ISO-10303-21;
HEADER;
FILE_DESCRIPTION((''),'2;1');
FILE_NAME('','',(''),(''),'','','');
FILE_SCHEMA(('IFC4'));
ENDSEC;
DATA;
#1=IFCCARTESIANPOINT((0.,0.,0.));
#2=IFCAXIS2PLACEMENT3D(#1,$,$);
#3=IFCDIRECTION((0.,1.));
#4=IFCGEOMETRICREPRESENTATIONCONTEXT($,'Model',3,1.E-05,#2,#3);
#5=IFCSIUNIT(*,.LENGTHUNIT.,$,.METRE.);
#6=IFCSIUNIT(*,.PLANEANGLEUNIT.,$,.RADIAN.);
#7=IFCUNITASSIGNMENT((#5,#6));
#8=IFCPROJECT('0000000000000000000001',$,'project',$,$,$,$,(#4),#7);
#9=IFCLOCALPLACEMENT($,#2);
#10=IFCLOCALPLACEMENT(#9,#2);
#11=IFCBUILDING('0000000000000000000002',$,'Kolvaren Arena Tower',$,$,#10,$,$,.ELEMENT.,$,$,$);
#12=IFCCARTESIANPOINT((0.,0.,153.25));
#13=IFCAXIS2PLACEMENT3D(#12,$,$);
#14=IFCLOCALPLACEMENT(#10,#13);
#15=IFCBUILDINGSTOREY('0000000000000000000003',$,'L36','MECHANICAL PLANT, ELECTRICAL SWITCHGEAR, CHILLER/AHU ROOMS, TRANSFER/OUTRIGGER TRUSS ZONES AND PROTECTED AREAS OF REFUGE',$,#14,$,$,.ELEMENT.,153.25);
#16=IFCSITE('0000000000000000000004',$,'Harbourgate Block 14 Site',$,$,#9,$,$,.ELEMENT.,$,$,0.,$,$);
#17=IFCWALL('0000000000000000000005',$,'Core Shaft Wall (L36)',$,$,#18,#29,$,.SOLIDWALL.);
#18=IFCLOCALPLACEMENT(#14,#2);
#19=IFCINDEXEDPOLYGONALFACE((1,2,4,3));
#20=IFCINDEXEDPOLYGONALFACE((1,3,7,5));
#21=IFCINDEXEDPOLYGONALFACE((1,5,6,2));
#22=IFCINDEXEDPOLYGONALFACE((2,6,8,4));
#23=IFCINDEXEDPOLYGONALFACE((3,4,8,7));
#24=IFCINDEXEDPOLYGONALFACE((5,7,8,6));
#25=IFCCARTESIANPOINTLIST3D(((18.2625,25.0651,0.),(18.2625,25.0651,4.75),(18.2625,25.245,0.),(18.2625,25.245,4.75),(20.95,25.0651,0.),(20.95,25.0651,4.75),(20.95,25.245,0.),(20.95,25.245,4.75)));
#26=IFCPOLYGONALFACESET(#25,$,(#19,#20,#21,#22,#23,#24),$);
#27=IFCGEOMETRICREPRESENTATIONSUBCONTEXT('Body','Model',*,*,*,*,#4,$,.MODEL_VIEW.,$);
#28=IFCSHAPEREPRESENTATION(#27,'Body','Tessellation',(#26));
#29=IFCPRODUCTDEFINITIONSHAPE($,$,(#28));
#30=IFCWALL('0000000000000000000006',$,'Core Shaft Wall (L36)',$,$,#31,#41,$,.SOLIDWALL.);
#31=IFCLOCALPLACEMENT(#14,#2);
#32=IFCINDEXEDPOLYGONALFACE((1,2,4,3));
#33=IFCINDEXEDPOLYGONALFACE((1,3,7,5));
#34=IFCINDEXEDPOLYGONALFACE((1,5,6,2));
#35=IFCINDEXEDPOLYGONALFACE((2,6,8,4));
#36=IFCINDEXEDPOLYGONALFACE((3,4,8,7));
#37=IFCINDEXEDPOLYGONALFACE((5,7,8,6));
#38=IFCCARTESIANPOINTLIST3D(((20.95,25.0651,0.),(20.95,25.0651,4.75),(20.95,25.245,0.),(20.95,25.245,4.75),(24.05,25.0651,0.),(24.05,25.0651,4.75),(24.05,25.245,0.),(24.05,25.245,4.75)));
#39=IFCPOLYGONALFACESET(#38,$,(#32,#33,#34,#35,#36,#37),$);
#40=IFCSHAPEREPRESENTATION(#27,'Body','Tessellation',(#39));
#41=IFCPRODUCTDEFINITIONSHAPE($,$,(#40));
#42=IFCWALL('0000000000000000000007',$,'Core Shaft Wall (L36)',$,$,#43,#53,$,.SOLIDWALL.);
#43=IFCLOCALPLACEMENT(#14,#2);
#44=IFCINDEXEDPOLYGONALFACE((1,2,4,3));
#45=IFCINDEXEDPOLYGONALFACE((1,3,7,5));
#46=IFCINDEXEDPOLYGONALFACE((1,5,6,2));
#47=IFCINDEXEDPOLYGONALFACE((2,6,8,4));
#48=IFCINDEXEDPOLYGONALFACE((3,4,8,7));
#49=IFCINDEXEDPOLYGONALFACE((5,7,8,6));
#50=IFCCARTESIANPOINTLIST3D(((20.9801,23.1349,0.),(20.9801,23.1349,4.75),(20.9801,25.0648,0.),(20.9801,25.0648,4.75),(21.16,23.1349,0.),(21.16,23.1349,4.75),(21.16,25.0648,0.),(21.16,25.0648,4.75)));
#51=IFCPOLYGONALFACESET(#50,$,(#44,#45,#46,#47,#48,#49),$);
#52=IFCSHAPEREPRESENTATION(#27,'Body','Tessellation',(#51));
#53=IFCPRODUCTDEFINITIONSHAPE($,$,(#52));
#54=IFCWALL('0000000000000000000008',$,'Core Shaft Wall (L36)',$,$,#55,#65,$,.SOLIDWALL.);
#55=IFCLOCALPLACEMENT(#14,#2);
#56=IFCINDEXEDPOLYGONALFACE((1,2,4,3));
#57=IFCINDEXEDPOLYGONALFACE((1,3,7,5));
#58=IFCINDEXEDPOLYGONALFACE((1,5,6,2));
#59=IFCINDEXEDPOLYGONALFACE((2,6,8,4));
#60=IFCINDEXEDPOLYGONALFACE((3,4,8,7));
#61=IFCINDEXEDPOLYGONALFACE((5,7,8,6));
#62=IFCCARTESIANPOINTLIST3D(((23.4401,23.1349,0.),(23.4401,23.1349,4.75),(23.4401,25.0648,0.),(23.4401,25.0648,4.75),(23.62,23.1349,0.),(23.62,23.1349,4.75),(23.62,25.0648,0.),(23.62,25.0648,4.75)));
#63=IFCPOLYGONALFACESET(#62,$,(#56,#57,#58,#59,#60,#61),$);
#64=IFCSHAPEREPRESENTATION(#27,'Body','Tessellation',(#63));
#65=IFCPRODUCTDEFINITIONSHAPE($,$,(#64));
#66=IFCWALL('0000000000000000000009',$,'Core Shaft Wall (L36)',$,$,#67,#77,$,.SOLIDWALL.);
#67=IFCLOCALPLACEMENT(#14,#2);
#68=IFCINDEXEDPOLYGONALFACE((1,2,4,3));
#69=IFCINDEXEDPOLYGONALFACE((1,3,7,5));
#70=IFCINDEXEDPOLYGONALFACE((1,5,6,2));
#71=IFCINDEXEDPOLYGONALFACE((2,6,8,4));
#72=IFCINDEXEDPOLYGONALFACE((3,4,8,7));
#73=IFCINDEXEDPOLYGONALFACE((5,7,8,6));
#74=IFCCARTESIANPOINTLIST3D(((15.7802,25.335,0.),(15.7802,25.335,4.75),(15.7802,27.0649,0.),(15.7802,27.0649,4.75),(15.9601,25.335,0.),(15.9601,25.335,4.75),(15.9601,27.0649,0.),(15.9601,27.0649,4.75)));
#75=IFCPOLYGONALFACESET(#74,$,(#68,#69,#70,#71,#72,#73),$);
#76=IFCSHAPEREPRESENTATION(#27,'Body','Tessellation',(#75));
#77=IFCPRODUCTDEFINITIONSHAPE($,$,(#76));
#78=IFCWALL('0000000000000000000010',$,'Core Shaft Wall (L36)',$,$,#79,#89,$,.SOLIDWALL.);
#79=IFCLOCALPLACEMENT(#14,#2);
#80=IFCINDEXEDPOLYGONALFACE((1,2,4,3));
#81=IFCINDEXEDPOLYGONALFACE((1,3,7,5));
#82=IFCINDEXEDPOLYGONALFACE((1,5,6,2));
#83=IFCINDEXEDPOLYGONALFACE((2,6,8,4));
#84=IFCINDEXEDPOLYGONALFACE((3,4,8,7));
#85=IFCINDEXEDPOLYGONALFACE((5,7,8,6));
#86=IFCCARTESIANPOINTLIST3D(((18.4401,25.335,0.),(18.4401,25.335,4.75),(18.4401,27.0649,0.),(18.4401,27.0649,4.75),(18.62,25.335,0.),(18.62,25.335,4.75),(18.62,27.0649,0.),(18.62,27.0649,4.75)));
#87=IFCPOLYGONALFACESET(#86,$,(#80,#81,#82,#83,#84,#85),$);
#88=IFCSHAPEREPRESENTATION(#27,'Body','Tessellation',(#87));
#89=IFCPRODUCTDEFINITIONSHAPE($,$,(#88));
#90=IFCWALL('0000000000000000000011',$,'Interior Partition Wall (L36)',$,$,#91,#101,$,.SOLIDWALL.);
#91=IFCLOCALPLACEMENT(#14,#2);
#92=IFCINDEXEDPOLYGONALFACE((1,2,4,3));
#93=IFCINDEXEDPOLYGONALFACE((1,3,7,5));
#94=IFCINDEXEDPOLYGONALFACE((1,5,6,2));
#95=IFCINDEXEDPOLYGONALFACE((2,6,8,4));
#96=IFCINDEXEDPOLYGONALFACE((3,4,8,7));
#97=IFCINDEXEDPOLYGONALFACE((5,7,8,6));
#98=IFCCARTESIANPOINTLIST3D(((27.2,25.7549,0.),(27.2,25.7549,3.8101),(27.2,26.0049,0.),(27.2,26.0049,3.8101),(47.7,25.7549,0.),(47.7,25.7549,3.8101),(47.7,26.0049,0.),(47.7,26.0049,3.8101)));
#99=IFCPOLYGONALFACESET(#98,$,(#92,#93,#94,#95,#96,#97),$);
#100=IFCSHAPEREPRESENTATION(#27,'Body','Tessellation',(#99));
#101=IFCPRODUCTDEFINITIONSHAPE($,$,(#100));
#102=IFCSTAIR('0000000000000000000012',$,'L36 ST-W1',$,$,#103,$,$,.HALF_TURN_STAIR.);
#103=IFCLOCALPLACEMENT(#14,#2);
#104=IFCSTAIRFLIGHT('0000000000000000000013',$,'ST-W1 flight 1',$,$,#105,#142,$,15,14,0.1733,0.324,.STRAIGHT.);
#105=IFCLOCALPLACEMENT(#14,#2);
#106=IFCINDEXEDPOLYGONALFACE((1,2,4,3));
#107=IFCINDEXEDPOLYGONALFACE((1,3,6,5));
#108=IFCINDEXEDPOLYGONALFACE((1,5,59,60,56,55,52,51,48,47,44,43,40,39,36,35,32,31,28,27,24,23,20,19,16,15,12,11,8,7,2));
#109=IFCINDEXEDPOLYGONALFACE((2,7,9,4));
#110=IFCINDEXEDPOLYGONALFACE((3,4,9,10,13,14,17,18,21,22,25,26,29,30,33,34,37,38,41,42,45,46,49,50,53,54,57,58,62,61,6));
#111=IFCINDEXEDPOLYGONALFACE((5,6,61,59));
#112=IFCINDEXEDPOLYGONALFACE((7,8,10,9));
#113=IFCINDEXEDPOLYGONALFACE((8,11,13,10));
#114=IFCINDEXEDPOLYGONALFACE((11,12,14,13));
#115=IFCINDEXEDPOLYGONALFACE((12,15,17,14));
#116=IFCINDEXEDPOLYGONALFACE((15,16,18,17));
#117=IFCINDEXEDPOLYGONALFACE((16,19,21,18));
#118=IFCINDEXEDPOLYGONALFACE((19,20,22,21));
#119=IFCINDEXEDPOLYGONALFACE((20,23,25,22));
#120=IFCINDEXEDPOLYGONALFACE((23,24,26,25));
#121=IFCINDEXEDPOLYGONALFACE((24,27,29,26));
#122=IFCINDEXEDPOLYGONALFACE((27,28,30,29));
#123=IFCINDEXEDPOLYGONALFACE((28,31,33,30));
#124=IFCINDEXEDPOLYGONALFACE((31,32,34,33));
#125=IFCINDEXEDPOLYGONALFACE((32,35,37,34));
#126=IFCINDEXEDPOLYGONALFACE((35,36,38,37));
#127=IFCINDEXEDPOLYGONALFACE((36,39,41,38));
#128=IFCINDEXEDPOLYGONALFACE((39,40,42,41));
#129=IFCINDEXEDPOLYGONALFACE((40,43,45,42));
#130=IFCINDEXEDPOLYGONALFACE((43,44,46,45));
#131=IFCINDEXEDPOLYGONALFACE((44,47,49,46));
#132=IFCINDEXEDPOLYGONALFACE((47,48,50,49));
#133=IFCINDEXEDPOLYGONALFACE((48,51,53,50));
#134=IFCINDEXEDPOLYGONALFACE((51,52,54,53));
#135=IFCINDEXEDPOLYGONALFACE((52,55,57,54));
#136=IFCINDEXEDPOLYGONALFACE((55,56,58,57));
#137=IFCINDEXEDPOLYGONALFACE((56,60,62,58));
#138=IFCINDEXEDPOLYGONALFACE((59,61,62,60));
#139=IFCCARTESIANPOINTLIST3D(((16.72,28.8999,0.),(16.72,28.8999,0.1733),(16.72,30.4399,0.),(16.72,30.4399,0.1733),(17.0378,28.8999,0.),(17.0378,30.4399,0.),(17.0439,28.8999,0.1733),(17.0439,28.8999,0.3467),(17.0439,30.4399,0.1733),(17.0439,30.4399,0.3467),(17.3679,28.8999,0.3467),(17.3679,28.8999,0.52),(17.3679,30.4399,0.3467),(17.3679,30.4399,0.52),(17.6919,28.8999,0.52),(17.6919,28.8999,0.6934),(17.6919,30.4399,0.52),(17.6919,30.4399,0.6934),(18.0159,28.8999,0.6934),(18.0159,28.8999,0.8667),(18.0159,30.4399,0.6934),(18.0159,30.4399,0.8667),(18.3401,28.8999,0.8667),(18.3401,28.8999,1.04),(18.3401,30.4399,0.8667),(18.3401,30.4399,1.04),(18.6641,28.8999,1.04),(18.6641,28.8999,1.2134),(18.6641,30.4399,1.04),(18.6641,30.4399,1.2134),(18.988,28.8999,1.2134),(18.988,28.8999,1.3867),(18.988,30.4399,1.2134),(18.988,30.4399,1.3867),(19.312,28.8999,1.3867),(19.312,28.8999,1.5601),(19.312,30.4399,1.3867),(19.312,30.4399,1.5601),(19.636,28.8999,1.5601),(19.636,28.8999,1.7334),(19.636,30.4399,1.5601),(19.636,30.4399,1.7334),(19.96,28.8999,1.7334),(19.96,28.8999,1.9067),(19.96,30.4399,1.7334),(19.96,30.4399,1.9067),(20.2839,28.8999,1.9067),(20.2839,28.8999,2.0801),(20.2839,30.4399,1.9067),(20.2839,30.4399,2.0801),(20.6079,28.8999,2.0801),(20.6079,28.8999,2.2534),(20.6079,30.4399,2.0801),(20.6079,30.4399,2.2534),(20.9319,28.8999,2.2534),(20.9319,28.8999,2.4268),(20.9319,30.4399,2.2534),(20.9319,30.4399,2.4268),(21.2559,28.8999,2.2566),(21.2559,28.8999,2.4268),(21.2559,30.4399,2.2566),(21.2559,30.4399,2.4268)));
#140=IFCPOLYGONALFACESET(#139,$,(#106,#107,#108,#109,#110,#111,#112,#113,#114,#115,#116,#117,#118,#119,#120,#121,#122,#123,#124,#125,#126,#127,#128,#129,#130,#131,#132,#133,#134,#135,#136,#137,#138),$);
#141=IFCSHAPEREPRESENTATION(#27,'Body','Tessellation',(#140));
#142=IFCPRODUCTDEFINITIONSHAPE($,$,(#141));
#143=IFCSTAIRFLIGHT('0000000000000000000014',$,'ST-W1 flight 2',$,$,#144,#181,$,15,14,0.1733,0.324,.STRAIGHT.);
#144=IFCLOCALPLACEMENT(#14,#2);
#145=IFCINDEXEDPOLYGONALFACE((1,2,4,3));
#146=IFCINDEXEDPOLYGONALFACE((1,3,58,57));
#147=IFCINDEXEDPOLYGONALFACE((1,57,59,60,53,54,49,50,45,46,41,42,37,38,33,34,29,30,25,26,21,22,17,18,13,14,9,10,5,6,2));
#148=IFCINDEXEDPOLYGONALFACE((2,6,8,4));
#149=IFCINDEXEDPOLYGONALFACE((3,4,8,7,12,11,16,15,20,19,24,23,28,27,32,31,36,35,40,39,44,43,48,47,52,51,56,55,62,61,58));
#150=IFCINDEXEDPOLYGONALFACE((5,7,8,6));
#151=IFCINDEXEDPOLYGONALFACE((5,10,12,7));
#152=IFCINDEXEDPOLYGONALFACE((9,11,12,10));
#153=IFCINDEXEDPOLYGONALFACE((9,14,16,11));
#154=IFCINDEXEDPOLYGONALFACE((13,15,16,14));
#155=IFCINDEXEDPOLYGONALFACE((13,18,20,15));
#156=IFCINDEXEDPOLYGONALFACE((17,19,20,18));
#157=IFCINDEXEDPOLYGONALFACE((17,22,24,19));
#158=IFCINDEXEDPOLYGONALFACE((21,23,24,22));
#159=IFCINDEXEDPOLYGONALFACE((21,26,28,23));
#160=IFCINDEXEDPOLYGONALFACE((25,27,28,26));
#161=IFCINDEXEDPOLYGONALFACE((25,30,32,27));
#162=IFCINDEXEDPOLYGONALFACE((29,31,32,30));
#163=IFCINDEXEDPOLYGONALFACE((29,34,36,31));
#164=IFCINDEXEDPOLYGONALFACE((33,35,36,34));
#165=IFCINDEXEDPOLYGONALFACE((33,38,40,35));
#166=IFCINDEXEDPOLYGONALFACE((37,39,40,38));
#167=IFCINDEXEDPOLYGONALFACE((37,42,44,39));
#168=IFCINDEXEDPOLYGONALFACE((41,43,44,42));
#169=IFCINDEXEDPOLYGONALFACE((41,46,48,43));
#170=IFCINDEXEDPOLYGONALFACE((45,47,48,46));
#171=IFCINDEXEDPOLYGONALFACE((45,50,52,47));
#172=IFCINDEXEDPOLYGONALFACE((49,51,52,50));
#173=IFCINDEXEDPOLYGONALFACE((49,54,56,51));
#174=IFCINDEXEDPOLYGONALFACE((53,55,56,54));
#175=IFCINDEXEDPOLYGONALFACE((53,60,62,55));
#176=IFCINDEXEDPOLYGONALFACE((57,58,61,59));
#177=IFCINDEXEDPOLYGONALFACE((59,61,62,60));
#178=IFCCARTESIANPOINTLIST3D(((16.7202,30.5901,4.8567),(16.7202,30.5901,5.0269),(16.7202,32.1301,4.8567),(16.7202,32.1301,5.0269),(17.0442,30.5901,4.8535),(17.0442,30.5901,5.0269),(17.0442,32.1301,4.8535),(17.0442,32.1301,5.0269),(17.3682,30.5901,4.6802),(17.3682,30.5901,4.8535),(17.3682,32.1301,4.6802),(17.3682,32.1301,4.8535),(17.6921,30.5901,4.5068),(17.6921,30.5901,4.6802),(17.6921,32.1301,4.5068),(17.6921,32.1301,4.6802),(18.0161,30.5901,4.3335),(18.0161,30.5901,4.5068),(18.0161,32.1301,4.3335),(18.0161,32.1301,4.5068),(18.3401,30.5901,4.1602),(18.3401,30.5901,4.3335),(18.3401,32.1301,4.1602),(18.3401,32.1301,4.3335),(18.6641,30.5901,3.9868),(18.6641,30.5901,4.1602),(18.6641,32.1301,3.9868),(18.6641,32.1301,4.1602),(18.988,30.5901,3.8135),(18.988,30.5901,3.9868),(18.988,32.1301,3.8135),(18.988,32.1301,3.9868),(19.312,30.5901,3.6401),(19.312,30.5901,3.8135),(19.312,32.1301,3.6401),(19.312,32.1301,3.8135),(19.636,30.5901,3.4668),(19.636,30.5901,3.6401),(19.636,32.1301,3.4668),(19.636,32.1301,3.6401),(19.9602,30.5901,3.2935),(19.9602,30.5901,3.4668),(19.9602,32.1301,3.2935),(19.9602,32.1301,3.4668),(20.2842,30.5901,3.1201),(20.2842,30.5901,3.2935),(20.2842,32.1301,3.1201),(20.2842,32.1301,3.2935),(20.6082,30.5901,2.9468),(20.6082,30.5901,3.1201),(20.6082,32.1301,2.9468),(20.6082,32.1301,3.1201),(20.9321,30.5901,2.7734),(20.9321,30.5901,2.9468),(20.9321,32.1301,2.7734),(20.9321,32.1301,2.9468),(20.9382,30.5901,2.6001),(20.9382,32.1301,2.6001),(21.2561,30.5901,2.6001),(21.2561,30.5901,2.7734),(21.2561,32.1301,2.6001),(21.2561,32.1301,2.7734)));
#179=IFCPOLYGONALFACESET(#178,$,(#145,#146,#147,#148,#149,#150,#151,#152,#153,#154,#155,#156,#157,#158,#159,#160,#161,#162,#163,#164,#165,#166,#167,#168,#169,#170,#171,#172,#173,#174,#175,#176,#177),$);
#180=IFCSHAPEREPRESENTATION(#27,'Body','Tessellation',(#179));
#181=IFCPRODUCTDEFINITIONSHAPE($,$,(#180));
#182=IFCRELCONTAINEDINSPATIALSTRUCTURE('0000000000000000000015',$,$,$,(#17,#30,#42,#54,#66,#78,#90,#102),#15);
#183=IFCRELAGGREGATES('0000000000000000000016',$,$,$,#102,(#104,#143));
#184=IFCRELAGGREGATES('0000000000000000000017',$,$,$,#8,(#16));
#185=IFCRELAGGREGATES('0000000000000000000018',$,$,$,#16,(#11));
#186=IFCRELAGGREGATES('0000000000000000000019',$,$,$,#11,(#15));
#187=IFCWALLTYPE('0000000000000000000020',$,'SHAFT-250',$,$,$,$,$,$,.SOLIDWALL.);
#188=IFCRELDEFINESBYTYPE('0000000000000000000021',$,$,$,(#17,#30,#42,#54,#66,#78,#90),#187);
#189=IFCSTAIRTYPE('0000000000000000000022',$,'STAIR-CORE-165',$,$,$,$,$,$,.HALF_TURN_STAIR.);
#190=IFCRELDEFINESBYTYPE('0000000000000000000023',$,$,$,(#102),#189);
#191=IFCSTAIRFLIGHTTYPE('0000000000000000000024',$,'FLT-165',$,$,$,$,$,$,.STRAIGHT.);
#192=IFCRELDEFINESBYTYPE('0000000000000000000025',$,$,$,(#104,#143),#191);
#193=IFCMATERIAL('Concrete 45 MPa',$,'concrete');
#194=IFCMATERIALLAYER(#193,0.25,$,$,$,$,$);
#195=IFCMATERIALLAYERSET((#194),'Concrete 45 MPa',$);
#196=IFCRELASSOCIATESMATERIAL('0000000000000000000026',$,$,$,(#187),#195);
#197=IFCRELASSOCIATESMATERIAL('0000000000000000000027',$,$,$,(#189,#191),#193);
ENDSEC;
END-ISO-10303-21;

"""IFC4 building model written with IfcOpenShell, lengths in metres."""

from ifc_helpers import new_model, si_unit, direction, frame, frame_2d, origin, place, context, subcontext, project, spatial, polyline, rectangle, outline, extrude, material, layer, layer_set, type_object, element, aggregate, save


model = new_model("IFC4")

# Units and contexts
model_context = context("Model", 3, precision=1e-05, world=origin(), true_north=direction((0.0, 1.0)))
body_context = subcontext(model_context, "Body", "Model", "MODEL_VIEW")
ifc_project = project(units=[si_unit("LENGTHUNIT", "METRE"), si_unit("PLANEANGLEUNIT", "RADIAN")], contexts=[model_context])

# Site, building, storey
site_placement = place(None, origin())
site = spatial("IfcSite", under=ifc_project, at=site_placement, Name="Harbourgate Block 14 Site", CompositionType="ELEMENT", RefElevation=0.0)
building_placement = place(site_placement, origin())
building = spatial("IfcBuilding", under=site, at=building_placement, Name="Kolvaren Arena Tower", CompositionType="ELEMENT")
storey_placement = place(building_placement, frame((0.0, 0.0, 153.25)))
storey = spatial("IfcBuildingStorey", under=building, at=storey_placement, Name="L36", Description="MECHANICAL PLANT, ELECTRICAL SWITCHGEAR, CHILLER/AHU ROOMS, TRANSFER/OUTRIGGER TRUSS ZONES AND PROTECTED AREAS OF REFUGE", CompositionType="ELEMENT", Elevation=153.25)

# Shared definitions
ifc_material_1 = material(Name="Concrete 45 MPa", Category="concrete")
ifc_layer = layer(ifc_material_1, 0.25)
ifc_layer_set = layer_set([ifc_layer], Name="Concrete 45 MPa")
wall_type = type_object("IfcWallType", Name="SHAFT-250", PredefinedType="SOLIDWALL", material=ifc_layer_set)

# Walls
wall_1_placement = place(storey_placement, frame((18.2625, 25.155, 0.0), z_axis=(0.0, 0.0, 1.0), x_axis=(1.0, 0.0, 0.0)))
element("IfcWall", 1, at=wall_1_placement, inside=storey, type_object=wall_type, Name="Core Shaft Wall (L36)", PredefinedType="SOLIDWALL", context=body_context, shape_type="SweptSolid", body=[
    extrude(rectangle(XDim=2.6875, YDim=0.1799, at=frame_2d((1.3438, 0.0))), origin(), (0.0, 0.0, 1.0), 4.75),
])
wall_2_placement = place(storey_placement, frame((20.95, 25.155, 0.0), z_axis=(0.0, 0.0, 1.0), x_axis=(1.0, 0.0, 0.0)))
element("IfcWall", 2, at=wall_2_placement, inside=storey, type_object=wall_type, Name="Core Shaft Wall (L36)", PredefinedType="SOLIDWALL", context=body_context, shape_type="SweptSolid", body=[
    extrude(rectangle(XDim=3.1001, YDim=0.1799, at=frame_2d((1.55, 0.0))), origin(), (0.0, 0.0, 1.0), 4.75),
])
for number, where, z_axis, x_axis, name in (
    (3, (21.0701, 23.135, 0.0), (0.0, 0.0, 1.0), (0.0, 1.0, 0.0), "Core Shaft Wall (L36)"),
    (4, (23.53, 23.135, 0.0), (0.0, 0.0, 1.0), (0.0, 1.0, 0.0), "Core Shaft Wall (L36)"),
):
    element("IfcWall", number, at=place(storey_placement, frame(where, z_axis=z_axis, x_axis=x_axis)), inside=storey, type_object=wall_type, Name=name, PredefinedType="SOLIDWALL", context=body_context, shape_type="SweptSolid", body=[
        extrude(rectangle(XDim=1.9299, YDim=0.1799, at=frame_2d((0.9648, 0.0))), origin(), (0.0, 0.0, 1.0), 4.75),
    ])
for number, where, z_axis, x_axis, name in (
    (5, (15.8701, 25.335, 0.0), (0.0, 0.0, 1.0), (0.0, 1.0, 0.0), "Core Shaft Wall (L36)"),
    (6, (18.53, 25.335, 0.0), (0.0, 0.0, 1.0), (0.0, 1.0, 0.0), "Core Shaft Wall (L36)"),
):
    element("IfcWall", number, at=place(storey_placement, frame(where, z_axis=z_axis, x_axis=x_axis)), inside=storey, type_object=wall_type, Name=name, PredefinedType="SOLIDWALL", context=body_context, shape_type="SweptSolid", body=[
        extrude(rectangle(XDim=1.73, YDim=0.1799, at=frame_2d((0.865, 0.0))), origin(), (0.0, 0.0, 1.0), 4.75),
    ])
wall_3_placement = place(storey_placement, frame((27.2, 25.8799, 0.0), z_axis=(0.0, 0.0, 1.0), x_axis=(1.0, 0.0, 0.0)))
element("IfcWall", 7, at=wall_3_placement, inside=storey, type_object=wall_type, Name="Interior Partition Wall (L36)", PredefinedType="SOLIDWALL", context=body_context, shape_type="SweptSolid", body=[
    extrude(rectangle(XDim=20.5, YDim=0.25, at=frame_2d((10.25, 0.0))), origin(), (0.0, 0.0, 1.0), 3.8101),
])

# Stair, stair flights
stair_type = type_object("IfcStairType", Name="STAIR-CORE-165", PredefinedType="HALF_TURN_STAIR", material=ifc_material_1)
stair_placement = place(storey_placement, origin())
stair = element("IfcStair", 8, at=stair_placement, inside=storey, type_object=stair_type, Name="L36 ST-W1", PredefinedType="HALF_TURN_STAIR")
stair_flight_type = type_object("IfcStairFlightType", Name="FLT-165", PredefinedType="STRAIGHT", material=ifc_material_1)
stair_flight_1_placement = place(storey_placement, frame((16.72, 29.6699, 0.0), z_axis=(0.0, 0.0, 1.0), x_axis=(1.0, 0.0, 0.0)))
stair_flight_1 = element("IfcStairFlight", 9, at=stair_flight_1_placement, type_object=stair_flight_type, Name="ST-W1 flight 1", NumberOfRisers=15, NumberOfTreads=14, PredefinedType="STRAIGHT", RiserHeight=0.1733, TreadLength=0.324, context=body_context, shape_type="SweptSolid", body=[
    extrude(outline(polyline([(0.0, 0.0), (0.0, 0.1733), (0.324, 0.1733), (0.324, 0.3467), (0.6479, 0.3467), (0.6479, 0.52), (0.9719, 0.52), (0.9719, 0.6934), (1.2959, 0.6934), (1.2959, 0.8667), (1.6201, 0.8667), (1.6201, 1.04), (1.9441, 1.04), (1.9441, 1.2134), (2.2681, 1.2134), (2.2681, 1.3867), (2.592, 1.3867), (2.592, 1.5601), (2.916, 1.5601), (2.916, 1.7334), (3.24, 1.7334), (3.24, 1.9067), (3.564, 1.9067), (3.564, 2.0801), (3.8879, 2.0801), (3.8879, 2.2534), (4.2119, 2.2534), (4.2119, 2.4268), (4.5359, 2.4268), (4.5359, 2.6001), (4.5359, 2.2566), (0.3179, 0.0), (0.0, 0.0)])), frame((0.0, 0.77, 0.0), z_axis=(0.0, -1.0, 0.0), x_axis=(1.0, 0.0, 0.0)), (0.0, 0.0, 1.0), 1.54),
])
stair_flight_2_placement = place(storey_placement, frame((21.2561, 31.3601, 2.6001), z_axis=(0.0, 0.0, 1.0), x_axis=(-1.0, 0.0, 0.0)))
stair_flight_2 = element("IfcStairFlight", 10, at=stair_flight_2_placement, type_object=stair_flight_type, Name="ST-W1 flight 2", NumberOfRisers=15, NumberOfTreads=14, PredefinedType="STRAIGHT", RiserHeight=0.1733, TreadLength=0.324, context=body_context, shape_type="SweptSolid", body=[
    extrude(outline(polyline([(0.0, 0.0), (0.0, 0.1733), (0.324, 0.1733), (0.324, 0.3467), (0.6479, 0.3467), (0.6479, 0.52), (0.9719, 0.52), (0.9719, 0.6934), (1.2959, 0.6934), (1.2959, 0.8667), (1.6201, 0.8667), (1.6201, 1.04), (1.9441, 1.04), (1.9441, 1.2134), (2.2681, 1.2134), (2.2681, 1.3867), (2.592, 1.3867), (2.592, 1.5601), (2.916, 1.5601), (2.916, 1.7334), (3.24, 1.7334), (3.24, 1.9067), (3.564, 1.9067), (3.564, 2.0801), (3.8879, 2.0801), (3.8879, 2.2534), (4.2119, 2.2534), (4.2119, 2.4268), (4.5359, 2.4268), (4.5359, 2.6001), (4.5359, 2.2566), (0.3179, 0.0), (0.0, 0.0)])), frame((0.0, 0.77, 0.0), z_axis=(0.0, -1.0, 0.0), x_axis=(1.0, 0.0, 0.0)), (0.0, 0.0, 1.0), 1.54),
])
aggregate(stair, [stair_flight_1, stair_flight_2])

save(model, "model.ifc")
